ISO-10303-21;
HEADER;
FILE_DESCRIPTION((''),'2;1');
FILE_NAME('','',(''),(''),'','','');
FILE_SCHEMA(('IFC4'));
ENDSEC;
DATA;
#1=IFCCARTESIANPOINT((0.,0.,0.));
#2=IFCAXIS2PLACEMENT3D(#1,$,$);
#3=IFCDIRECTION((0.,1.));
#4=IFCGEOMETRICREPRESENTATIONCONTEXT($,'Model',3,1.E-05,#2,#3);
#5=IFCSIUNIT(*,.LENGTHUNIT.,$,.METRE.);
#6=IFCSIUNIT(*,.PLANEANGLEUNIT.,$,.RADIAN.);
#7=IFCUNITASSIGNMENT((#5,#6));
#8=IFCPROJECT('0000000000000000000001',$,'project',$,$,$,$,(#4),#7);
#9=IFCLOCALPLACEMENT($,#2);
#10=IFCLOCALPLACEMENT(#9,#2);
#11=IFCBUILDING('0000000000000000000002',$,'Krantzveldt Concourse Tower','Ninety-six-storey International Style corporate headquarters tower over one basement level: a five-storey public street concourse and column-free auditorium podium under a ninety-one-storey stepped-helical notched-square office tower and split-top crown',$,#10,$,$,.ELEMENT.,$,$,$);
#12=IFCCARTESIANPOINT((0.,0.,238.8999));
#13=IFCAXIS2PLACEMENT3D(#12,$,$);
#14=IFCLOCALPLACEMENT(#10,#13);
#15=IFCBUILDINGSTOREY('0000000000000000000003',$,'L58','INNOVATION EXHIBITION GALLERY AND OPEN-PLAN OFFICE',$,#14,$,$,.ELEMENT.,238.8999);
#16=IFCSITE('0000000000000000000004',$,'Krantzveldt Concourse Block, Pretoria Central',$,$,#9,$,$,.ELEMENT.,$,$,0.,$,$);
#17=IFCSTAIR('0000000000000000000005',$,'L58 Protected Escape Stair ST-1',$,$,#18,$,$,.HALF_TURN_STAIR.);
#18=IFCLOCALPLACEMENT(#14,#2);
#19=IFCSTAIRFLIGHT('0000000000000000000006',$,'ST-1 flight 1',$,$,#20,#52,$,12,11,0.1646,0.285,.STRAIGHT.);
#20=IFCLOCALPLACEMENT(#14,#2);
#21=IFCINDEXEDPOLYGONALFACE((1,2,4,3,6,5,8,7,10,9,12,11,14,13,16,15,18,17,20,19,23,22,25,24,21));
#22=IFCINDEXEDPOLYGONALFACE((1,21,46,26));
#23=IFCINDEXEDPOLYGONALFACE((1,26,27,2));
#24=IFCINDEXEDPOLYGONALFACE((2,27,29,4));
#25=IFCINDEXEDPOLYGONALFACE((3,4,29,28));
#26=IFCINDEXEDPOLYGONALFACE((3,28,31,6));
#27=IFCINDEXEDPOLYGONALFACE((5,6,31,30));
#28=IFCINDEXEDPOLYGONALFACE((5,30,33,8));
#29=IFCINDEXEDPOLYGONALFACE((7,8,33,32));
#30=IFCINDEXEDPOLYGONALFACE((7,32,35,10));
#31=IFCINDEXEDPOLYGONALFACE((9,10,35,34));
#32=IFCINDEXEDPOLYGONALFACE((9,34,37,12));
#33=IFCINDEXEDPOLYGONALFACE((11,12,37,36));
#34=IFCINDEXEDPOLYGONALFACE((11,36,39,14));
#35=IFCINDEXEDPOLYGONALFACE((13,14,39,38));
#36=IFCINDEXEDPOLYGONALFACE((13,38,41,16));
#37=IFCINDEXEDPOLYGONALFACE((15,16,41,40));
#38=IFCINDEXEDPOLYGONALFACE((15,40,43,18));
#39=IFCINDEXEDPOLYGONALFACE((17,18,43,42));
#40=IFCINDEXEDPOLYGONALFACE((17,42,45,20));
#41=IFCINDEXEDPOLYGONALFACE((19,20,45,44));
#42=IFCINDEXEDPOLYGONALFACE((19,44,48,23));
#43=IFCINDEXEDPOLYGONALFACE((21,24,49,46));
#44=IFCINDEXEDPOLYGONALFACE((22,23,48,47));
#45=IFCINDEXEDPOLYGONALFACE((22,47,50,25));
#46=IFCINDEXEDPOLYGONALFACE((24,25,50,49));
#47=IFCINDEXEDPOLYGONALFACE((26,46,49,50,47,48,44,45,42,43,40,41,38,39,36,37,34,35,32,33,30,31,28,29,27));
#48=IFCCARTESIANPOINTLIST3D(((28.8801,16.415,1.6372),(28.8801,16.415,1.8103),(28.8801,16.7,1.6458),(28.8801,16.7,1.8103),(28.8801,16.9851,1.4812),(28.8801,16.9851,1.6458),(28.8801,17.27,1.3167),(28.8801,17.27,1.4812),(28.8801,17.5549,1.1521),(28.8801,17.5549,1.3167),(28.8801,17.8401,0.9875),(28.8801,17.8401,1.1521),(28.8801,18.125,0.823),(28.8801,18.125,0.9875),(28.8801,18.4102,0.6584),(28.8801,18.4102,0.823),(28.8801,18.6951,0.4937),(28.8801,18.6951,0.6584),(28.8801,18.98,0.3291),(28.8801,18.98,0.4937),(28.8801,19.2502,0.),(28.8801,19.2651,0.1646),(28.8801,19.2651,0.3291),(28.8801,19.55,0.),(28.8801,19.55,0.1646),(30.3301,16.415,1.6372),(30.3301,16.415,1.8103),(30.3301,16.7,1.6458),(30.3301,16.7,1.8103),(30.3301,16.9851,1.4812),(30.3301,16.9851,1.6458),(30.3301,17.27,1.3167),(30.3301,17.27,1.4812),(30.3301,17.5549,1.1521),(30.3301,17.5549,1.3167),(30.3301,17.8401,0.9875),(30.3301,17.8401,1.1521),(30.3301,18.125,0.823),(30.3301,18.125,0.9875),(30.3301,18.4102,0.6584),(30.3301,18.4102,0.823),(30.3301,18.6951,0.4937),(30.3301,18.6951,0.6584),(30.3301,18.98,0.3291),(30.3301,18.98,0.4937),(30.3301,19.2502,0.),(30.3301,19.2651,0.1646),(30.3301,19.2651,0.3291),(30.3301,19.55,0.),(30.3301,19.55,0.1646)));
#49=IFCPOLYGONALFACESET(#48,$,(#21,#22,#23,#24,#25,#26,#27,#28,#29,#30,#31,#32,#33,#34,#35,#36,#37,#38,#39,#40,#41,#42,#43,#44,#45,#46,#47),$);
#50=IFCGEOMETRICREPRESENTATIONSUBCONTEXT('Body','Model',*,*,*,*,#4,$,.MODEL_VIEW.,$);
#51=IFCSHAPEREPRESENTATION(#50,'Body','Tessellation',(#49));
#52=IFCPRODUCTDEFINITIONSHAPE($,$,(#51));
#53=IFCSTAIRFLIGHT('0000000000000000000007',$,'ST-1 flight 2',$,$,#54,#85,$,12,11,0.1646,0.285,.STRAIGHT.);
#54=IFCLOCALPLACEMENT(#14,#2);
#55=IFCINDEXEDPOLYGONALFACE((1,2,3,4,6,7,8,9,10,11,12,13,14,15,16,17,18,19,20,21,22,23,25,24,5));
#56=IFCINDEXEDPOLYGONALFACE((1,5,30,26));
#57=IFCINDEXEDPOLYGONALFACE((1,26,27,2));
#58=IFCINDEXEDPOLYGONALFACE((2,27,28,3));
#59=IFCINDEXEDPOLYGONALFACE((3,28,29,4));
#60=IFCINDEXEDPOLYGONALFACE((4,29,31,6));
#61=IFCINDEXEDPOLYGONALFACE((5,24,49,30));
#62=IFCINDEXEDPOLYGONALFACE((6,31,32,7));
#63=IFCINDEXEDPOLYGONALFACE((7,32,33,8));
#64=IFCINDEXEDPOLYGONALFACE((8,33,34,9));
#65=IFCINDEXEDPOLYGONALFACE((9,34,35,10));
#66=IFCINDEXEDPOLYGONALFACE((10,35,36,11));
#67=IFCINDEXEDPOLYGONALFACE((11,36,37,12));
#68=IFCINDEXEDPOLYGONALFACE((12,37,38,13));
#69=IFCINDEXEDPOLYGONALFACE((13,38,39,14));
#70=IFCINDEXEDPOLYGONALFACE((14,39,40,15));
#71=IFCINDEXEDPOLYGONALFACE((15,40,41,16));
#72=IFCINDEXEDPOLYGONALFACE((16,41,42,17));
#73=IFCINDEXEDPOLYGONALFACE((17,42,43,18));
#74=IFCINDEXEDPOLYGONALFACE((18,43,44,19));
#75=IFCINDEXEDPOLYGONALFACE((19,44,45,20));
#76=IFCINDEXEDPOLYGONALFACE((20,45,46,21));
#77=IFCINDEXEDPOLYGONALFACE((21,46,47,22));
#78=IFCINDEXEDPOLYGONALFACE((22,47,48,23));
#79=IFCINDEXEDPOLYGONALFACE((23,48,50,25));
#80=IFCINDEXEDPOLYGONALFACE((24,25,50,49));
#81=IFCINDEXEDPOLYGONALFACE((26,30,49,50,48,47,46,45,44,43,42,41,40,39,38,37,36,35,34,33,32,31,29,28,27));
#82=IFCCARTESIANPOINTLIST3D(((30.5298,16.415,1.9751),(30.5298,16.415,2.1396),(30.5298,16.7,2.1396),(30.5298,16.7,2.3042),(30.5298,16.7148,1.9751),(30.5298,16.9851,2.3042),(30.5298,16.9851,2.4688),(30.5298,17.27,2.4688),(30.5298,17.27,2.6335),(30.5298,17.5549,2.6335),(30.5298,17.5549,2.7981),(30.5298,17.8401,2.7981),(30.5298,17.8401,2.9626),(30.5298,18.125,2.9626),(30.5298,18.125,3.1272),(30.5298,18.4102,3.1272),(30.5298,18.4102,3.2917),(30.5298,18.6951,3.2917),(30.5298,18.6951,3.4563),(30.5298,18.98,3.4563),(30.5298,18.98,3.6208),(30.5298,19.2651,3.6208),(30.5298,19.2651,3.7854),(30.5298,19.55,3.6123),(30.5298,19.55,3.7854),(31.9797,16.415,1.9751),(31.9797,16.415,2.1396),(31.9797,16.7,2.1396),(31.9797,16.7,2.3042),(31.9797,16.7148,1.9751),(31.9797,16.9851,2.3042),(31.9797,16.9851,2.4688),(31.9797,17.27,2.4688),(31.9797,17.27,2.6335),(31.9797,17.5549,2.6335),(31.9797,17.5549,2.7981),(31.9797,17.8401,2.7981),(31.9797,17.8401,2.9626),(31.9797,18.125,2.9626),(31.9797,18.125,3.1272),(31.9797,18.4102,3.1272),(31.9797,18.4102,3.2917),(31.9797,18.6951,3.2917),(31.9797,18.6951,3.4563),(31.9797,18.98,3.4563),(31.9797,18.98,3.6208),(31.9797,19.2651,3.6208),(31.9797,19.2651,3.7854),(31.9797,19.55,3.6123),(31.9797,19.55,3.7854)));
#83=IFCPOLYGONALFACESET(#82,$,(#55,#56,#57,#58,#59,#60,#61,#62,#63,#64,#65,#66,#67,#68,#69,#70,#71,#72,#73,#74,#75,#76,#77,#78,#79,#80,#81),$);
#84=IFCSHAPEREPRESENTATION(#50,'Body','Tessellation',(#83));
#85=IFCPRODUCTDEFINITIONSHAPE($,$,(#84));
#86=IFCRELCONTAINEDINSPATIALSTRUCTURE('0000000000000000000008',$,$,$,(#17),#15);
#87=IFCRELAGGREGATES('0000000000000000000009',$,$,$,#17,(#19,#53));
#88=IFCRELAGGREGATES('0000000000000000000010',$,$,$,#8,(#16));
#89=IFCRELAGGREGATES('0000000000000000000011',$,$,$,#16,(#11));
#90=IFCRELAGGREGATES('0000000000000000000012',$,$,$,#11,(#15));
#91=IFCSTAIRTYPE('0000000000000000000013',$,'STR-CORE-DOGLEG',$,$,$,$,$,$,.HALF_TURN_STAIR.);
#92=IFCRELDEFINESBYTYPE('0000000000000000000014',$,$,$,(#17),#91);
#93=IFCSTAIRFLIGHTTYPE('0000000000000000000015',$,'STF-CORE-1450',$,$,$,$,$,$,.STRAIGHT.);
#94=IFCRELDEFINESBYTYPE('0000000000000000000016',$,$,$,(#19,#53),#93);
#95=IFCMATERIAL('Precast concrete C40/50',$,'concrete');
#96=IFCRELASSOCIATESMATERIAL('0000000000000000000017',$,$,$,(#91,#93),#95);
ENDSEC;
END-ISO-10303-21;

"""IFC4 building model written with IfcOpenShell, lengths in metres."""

from ifc_helpers import new_model, si_unit, direction, frame, origin, place, context, subcontext, project, spatial, polyline, outline, extrude, material, type_object, element, aggregate, save


model = new_model("IFC4")

# Units and contexts
model_context = context("Model", 3, precision=1e-05, world=origin(), true_north=direction((0.0, 1.0)))
body_context = subcontext(model_context, "Body", "Model", "MODEL_VIEW")
ifc_project = project(units=[si_unit("LENGTHUNIT", "METRE"), si_unit("PLANEANGLEUNIT", "RADIAN")], contexts=[model_context])

# Site, building, storey
site_placement = place(None, origin())
site = spatial("IfcSite", under=ifc_project, at=site_placement, Name="Krantzveldt Concourse Block, Pretoria Central", CompositionType="ELEMENT", RefElevation=0.0)
building_placement = place(site_placement, origin())
building = spatial("IfcBuilding", under=site, at=building_placement, Name="Krantzveldt Concourse Tower", Description="Ninety-six-storey International Style corporate headquarters tower over one basement level: a five-storey public street concourse and column-free auditorium podium under a ninety-one-storey stepped-helical notched-square office tower and split-top crown", CompositionType="ELEMENT")
storey_placement = place(building_placement, frame((0.0, 0.0, 238.8999)))
storey = spatial("IfcBuildingStorey", under=building, at=storey_placement, Name="L58", Description="INNOVATION EXHIBITION GALLERY AND OPEN-PLAN OFFICE", CompositionType="ELEMENT", Elevation=238.8999)

# Stair, stair flights
ifc_material_1 = material(Name="Precast concrete C40/50", Category="concrete")
stair_type = type_object("IfcStairType", Name="STR-CORE-DOGLEG", PredefinedType="HALF_TURN_STAIR", material=ifc_material_1)
stair_placement = place(storey_placement, origin())
stair = element("IfcStair", 1, at=stair_placement, inside=storey, type_object=stair_type, Name="L58 Protected Escape Stair ST-1", PredefinedType="HALF_TURN_STAIR")
stair_flight_type = type_object("IfcStairFlightType", Name="STF-CORE-1450", PredefinedType="STRAIGHT", material=ifc_material_1)
stair_flight_1_placement = place(storey_placement, frame((29.605, 19.55, 0.0), z_axis=(0.0, 0.0, 1.0), x_axis=(0.0, -1.0, 0.0)))
stair_flight_1 = element("IfcStairFlight", 2, at=stair_flight_1_placement, type_object=stair_flight_type, Name="ST-1 flight 1", NumberOfRisers=12, NumberOfTreads=11, PredefinedType="STRAIGHT", RiserHeight=0.1646, TreadLength=0.285, context=body_context, shape_type="SweptSolid", body=[
    extrude(outline(polyline([(0.0, 0.0), (0.0, 0.1646), (0.2849, 0.1646), (0.2849, 0.3291), (0.5701, 0.3291), (0.5701, 0.4937), (0.855, 0.4937), (0.855, 0.6584), (1.1399, 0.6584), (1.1399, 0.823), (1.425, 0.823), (1.425, 0.9875), (1.71, 0.9875), (1.71, 1.1521), (1.9951, 1.1521), (1.9951, 1.3167), (2.28, 1.3167), (2.28, 1.4812), (2.5649, 1.4812), (2.5649, 1.6458), (2.8501, 1.6458), (2.8501, 1.8103), (3.135, 1.8103), (3.135, 1.9751), (3.135, 1.6372), (0.2998, 0.0), (0.0, 0.0)])), frame((0.0, 0.7251, 0.0), z_axis=(0.0, -1.0, 0.0), x_axis=(1.0, 0.0, 0.0)), (0.0, 0.0, 1.0), 1.45),
])
stair_flight_2_placement = place(storey_placement, frame((31.2549, 16.415, 1.9751), z_axis=(0.0, 0.0, 1.0), x_axis=(0.0, 1.0, 0.0)))
stair_flight_2 = element("IfcStairFlight", 3, at=stair_flight_2_placement, type_object=stair_flight_type, Name="ST-1 flight 2", NumberOfRisers=12, NumberOfTreads=11, PredefinedType="STRAIGHT", RiserHeight=0.1646, TreadLength=0.285, context=body_context, shape_type="SweptSolid", body=[
    extrude(outline(polyline([(0.0, 0.0), (0.0, 0.1646), (0.2849, 0.1646), (0.2849, 0.3291), (0.5701, 0.3291), (0.5701, 0.4937), (0.855, 0.4937), (0.855, 0.6584), (1.1399, 0.6584), (1.1399, 0.823), (1.425, 0.823), (1.425, 0.9875), (1.71, 0.9875), (1.71, 1.1521), (1.9951, 1.1521), (1.9951, 1.3167), (2.28, 1.3167), (2.28, 1.4812), (2.5649, 1.4812), (2.5649, 1.6458), (2.8501, 1.6458), (2.8501, 1.8103), (3.135, 1.8103), (3.135, 1.9751), (3.135, 1.6372), (0.2998, 0.0), (0.0, 0.0)])), frame((0.0, 0.7251, 0.0), z_axis=(0.0, -1.0, 0.0), x_axis=(1.0, 0.0, 0.0)), (0.0, 0.0, 1.0), 1.45),
])
aggregate(stair, [stair_flight_1, stair_flight_2])

save(model, "model.ifc")
